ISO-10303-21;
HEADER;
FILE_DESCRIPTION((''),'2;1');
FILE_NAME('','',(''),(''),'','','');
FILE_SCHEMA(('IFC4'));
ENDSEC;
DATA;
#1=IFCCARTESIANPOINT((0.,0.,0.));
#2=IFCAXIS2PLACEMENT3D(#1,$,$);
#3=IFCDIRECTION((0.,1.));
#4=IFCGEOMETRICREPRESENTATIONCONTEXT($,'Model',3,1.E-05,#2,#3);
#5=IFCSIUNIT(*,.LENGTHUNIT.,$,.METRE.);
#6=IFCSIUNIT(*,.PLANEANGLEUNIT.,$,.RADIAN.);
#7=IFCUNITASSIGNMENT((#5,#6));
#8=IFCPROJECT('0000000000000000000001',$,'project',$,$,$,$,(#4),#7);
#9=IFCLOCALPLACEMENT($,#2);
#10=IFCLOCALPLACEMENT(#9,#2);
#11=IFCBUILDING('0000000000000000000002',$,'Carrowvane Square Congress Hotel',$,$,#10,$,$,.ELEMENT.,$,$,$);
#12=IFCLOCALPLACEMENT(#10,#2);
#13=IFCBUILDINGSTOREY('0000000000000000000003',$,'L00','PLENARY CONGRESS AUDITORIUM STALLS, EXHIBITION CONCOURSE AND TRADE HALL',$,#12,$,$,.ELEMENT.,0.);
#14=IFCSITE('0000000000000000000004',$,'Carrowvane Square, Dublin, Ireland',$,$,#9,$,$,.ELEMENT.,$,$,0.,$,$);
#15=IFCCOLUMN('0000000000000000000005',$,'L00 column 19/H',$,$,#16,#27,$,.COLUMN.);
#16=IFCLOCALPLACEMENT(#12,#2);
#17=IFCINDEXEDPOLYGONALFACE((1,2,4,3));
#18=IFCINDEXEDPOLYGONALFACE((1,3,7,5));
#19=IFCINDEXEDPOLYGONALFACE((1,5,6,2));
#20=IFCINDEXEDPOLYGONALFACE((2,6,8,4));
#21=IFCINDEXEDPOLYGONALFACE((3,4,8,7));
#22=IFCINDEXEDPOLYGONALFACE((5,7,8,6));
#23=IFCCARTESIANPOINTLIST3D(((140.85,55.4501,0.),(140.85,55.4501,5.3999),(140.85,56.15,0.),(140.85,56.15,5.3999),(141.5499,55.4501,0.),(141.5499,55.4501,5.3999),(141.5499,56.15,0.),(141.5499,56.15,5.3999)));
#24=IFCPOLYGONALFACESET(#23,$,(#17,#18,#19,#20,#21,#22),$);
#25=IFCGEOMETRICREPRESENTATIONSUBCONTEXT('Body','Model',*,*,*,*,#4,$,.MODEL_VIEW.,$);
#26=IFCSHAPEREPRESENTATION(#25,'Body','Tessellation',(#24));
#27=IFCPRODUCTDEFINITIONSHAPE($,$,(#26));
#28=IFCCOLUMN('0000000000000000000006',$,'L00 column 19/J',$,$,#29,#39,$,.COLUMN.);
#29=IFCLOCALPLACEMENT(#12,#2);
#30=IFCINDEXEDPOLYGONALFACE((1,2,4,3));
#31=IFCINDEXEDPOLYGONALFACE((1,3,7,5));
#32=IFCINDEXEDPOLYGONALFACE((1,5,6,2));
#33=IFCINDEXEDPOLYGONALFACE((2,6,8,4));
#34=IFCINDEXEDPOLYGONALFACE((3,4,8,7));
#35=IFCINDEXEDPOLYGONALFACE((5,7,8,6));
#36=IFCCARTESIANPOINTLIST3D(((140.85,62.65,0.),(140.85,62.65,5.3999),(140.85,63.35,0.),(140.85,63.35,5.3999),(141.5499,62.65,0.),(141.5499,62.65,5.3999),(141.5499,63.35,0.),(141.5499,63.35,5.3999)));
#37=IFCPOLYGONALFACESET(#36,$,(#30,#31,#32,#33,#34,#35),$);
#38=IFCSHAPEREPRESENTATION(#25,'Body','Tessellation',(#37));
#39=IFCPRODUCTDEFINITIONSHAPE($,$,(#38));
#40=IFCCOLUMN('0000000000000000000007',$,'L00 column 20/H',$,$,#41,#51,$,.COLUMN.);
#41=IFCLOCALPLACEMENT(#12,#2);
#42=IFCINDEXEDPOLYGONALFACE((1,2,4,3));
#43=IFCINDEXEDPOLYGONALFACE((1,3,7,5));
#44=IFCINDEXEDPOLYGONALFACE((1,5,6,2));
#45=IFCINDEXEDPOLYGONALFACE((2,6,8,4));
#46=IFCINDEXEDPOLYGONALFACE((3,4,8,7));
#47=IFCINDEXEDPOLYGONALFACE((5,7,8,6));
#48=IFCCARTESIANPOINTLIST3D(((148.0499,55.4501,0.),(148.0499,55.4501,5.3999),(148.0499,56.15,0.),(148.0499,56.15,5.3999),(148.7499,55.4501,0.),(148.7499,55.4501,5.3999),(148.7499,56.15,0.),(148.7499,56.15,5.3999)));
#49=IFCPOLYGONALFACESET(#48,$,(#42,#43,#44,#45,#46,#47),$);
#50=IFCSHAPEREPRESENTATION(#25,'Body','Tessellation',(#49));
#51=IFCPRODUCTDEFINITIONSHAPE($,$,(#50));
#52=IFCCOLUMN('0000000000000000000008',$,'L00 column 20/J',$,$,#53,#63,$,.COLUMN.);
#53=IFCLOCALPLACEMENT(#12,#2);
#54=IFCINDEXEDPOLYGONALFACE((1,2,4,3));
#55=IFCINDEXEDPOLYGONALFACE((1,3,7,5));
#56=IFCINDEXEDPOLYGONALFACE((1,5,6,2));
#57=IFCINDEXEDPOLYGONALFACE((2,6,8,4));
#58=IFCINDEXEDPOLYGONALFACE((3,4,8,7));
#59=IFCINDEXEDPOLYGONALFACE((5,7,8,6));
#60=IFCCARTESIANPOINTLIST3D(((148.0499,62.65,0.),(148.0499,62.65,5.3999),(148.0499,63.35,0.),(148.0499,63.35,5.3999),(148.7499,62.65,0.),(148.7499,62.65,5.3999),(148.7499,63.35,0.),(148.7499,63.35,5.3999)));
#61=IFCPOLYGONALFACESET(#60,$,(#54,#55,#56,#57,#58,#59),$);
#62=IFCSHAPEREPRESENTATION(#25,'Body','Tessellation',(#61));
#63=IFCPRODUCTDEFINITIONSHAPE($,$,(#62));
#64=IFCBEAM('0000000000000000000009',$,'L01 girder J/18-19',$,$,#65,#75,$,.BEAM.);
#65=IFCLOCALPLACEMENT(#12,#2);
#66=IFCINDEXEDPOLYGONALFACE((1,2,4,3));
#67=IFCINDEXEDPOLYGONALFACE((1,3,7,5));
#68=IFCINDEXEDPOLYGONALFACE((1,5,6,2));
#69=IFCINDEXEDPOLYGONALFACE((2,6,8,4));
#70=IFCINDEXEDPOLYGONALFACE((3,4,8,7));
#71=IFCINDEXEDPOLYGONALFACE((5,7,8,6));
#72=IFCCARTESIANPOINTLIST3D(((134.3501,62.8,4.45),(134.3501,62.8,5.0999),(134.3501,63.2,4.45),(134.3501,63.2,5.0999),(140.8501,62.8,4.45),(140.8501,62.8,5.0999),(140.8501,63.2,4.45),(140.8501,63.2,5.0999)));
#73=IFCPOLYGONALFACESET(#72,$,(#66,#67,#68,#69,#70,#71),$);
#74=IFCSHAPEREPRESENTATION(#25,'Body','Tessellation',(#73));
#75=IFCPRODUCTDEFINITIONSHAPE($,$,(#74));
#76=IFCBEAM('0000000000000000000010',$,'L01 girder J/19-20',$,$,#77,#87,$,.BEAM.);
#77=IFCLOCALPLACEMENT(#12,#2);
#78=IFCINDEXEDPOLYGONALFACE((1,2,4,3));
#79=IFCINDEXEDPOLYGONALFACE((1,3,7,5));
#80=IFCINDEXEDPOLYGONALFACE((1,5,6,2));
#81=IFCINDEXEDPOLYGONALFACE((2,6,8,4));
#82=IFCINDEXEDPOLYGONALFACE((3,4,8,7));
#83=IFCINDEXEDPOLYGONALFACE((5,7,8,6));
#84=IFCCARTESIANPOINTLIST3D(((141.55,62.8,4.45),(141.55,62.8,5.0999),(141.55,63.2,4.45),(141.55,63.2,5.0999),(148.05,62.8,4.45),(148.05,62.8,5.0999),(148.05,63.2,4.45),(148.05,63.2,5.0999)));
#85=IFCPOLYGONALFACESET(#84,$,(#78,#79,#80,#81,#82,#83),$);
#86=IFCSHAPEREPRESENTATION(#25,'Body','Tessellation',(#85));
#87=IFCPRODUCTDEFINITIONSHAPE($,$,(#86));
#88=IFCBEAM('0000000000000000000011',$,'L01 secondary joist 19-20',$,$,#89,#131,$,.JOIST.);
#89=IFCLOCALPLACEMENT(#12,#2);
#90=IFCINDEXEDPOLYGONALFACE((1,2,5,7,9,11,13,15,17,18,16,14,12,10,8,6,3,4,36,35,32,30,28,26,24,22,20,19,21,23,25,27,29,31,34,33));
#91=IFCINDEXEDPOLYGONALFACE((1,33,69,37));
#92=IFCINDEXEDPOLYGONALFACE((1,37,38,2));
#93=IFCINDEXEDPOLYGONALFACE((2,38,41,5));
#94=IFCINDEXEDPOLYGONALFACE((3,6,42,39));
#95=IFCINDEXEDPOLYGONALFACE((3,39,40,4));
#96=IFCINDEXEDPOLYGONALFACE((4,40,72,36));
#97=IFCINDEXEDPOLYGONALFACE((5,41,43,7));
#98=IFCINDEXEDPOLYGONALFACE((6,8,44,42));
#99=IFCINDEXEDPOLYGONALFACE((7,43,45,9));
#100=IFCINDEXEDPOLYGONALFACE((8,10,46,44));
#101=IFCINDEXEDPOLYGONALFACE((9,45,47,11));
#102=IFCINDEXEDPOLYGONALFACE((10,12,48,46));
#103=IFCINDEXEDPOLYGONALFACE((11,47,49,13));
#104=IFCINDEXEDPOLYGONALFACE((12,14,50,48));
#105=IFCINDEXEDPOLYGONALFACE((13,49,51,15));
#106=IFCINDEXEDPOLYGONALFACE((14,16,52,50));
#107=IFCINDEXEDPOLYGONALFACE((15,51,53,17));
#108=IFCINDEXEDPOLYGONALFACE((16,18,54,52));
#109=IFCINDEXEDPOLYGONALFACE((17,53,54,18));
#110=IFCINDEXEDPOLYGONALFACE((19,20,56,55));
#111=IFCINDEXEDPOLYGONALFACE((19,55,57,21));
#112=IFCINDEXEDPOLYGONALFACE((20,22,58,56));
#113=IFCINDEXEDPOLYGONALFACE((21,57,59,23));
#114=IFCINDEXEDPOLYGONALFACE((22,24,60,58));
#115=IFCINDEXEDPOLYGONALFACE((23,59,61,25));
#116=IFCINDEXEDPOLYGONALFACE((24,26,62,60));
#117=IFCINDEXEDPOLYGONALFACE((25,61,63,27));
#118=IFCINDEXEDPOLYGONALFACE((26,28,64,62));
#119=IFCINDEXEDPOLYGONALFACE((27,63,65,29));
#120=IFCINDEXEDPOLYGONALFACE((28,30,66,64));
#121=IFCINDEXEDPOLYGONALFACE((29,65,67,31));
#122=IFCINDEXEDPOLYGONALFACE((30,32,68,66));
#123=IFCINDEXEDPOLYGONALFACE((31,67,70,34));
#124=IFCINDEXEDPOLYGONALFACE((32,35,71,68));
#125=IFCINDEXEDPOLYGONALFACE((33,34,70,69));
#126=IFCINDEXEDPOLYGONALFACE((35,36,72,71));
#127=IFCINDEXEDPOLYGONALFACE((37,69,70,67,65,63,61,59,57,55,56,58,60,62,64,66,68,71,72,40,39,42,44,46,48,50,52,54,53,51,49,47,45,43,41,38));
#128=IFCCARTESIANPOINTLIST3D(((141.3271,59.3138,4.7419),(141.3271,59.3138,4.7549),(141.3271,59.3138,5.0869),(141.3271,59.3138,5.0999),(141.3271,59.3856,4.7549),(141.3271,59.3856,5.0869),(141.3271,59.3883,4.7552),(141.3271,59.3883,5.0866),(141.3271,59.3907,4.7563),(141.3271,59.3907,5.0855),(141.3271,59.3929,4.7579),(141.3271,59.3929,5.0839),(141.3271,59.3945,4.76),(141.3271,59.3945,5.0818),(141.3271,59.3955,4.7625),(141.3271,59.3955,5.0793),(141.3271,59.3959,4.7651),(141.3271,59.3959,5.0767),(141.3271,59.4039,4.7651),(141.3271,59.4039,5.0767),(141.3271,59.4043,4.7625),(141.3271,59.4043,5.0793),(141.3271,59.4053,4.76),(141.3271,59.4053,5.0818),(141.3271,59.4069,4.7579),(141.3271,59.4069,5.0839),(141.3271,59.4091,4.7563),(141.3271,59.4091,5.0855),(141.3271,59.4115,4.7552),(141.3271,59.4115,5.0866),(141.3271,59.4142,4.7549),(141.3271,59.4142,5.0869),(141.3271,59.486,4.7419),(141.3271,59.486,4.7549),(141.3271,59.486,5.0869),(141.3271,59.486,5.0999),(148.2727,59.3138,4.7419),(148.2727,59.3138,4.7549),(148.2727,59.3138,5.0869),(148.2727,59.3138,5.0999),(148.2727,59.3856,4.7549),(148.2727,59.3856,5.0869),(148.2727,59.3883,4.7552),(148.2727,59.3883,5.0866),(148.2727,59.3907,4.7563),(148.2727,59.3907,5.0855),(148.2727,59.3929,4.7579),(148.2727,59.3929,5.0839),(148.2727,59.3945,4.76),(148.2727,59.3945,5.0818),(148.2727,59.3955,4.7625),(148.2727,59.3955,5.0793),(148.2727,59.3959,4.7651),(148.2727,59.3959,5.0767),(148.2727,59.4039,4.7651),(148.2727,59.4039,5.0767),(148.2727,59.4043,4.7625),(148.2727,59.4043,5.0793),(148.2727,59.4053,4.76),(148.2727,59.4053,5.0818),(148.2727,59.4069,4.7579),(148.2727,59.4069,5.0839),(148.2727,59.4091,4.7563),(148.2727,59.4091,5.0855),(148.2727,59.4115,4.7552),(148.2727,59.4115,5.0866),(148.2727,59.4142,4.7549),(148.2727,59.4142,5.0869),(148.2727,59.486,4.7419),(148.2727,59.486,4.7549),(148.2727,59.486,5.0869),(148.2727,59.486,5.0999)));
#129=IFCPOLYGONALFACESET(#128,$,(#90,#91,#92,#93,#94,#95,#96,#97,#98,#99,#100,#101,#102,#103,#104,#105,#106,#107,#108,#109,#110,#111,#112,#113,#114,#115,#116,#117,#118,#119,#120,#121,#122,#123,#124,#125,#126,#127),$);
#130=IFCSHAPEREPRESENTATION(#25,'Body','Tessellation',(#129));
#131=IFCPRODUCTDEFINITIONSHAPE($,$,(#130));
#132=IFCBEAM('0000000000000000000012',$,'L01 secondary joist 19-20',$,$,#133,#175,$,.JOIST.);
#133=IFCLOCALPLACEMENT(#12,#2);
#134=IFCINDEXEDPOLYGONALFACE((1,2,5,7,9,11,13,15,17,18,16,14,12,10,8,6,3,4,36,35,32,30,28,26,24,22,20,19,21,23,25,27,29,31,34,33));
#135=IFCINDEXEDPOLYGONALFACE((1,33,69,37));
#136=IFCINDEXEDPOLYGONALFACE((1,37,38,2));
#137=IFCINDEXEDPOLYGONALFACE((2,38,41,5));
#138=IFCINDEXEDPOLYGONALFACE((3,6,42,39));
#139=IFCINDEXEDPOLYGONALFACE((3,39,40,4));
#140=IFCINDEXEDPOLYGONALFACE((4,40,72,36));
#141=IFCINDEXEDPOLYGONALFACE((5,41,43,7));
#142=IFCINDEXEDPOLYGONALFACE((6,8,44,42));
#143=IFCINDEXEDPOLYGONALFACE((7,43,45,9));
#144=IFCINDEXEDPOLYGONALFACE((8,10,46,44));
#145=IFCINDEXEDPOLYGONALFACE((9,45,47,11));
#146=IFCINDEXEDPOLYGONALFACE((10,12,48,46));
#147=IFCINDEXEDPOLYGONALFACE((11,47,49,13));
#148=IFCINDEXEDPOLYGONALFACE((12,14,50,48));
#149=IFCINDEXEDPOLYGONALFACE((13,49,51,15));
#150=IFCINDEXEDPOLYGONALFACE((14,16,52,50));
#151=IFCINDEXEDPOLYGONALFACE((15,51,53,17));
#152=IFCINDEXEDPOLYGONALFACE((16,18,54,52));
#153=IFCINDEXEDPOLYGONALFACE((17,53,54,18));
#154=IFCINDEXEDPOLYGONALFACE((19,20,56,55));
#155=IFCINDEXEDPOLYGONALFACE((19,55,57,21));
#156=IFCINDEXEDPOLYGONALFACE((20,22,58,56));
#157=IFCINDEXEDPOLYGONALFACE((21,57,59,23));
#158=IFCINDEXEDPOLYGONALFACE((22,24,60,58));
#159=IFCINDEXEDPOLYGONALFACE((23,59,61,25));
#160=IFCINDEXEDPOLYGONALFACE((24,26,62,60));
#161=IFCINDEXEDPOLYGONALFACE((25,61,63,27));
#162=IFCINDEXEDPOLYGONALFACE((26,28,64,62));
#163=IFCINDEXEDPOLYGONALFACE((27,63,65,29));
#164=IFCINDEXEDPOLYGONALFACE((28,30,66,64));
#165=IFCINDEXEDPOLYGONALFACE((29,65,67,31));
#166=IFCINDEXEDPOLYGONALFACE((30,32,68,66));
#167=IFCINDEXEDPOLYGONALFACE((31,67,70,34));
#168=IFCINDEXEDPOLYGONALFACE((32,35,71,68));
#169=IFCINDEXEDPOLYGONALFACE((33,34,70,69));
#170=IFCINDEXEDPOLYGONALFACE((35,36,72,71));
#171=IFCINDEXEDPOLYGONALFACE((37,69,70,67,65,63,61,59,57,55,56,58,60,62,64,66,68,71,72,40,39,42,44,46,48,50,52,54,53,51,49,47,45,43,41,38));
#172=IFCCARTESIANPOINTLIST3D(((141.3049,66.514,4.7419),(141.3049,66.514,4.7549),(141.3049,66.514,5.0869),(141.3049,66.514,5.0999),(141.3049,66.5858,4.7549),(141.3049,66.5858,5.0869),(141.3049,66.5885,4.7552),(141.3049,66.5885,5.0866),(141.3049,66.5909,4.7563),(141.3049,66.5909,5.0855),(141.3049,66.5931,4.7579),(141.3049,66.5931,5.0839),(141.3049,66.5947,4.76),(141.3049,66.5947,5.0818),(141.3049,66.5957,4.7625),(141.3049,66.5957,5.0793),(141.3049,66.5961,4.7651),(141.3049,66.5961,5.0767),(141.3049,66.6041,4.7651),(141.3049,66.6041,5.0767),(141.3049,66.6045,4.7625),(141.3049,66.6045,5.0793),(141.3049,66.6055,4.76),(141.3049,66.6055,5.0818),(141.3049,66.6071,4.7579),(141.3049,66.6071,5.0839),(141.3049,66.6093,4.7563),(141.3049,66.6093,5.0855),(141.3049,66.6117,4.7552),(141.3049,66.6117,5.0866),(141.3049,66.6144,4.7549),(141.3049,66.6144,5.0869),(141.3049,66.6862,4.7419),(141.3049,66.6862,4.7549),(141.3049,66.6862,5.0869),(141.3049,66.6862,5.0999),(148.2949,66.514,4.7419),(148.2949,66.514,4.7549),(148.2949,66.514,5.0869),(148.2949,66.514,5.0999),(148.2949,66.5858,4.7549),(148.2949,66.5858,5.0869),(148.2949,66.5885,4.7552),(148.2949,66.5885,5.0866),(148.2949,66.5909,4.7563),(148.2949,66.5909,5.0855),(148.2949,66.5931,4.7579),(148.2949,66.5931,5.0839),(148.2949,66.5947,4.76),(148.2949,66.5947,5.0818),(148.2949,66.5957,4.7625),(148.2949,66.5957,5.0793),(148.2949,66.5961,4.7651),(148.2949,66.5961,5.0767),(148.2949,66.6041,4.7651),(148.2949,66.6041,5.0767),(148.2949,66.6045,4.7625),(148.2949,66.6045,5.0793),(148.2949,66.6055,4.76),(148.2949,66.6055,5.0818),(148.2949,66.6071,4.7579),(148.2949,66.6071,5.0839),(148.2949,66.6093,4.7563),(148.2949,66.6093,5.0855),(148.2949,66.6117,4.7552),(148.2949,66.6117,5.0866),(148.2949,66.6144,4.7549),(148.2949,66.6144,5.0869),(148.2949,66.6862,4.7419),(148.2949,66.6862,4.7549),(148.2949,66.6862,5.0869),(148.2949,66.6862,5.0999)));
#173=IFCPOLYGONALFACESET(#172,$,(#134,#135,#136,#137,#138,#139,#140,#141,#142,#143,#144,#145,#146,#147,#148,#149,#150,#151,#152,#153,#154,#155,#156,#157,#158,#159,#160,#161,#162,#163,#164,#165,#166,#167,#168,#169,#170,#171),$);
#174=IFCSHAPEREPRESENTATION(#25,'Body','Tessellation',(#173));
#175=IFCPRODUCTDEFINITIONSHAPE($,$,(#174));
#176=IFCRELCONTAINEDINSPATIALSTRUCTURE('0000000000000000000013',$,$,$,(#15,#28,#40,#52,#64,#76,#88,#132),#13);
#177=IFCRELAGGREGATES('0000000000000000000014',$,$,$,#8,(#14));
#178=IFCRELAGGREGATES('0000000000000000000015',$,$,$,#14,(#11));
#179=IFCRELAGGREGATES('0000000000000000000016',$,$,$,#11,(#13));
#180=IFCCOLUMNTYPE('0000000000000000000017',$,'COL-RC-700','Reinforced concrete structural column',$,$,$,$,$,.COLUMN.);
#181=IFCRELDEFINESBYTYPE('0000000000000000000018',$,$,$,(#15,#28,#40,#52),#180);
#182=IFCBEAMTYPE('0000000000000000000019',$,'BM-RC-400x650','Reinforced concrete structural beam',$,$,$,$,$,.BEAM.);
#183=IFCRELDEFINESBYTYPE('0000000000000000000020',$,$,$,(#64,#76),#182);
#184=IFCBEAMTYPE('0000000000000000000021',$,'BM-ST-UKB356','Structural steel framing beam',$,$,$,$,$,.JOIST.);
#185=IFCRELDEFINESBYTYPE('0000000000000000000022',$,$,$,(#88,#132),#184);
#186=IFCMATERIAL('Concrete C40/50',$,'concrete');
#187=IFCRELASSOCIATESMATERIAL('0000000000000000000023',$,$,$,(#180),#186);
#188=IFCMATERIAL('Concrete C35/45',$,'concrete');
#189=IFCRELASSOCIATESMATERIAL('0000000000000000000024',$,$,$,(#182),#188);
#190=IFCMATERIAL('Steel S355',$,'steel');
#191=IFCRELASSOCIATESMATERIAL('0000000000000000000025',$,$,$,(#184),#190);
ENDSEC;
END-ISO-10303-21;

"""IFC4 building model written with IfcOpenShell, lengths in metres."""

from ifc_helpers import new_model, si_unit, direction, frame, origin, origin_2d, place, context, subcontext, project, spatial, rectangle, i_section, extrude, material, material_profile, profile_set, type_object, element, save


model = new_model("IFC4")

# Units and contexts
model_context = context("Model", 3, precision=1e-05, world=origin(), true_north=direction((0.0, 1.0)))
body_context = subcontext(model_context, "Body", "Model", "MODEL_VIEW")
ifc_project = project(units=[si_unit("LENGTHUNIT", "METRE"), si_unit("PLANEANGLEUNIT", "RADIAN")], contexts=[model_context])

# Site, building, storey
site_placement = place(None, origin())
site = spatial("IfcSite", under=ifc_project, at=site_placement, Name="Carrowvane Square, Dublin, Ireland", CompositionType="ELEMENT", RefElevation=0.0)
building_placement = place(site_placement, origin())
building = spatial("IfcBuilding", under=site, at=building_placement, Name="Carrowvane Square Congress Hotel", CompositionType="ELEMENT")
storey_placement = place(building_placement, origin())
storey = spatial("IfcBuildingStorey", under=building, at=storey_placement, Name="L00", Description="PLENARY CONGRESS AUDITORIUM STALLS, EXHIBITION CONCOURSE AND TRADE HALL", CompositionType="ELEMENT", Elevation=0.0)

# Columns
ifc_material_1 = material(Name="Concrete C40/50", Category="concrete")
ifc_material_profile_1 = material_profile(ifc_material_1, rectangle(XDim=0.7, YDim=0.7, at=origin_2d()), Name="RC 700x700")
ifc_profile_set_1 = profile_set([ifc_material_profile_1], Name="Concrete C40/50")
column_type = type_object("IfcColumnType", Name="COL-RC-700", Description="Reinforced concrete structural column", PredefinedType="COLUMN", material=ifc_profile_set_1)
for number, where, z_axis, x_axis, name in (
    (1, (141.2, 55.8, 0.0), (0.0, 0.0, 1.0), (1.0, 0.0, 0.0), "L00 column 19/H"),
    (2, (141.2, 63.0, 0.0), (0.0, 0.0, 1.0), (1.0, 0.0, 0.0), "L00 column 19/J"),
    (3, (148.3999, 55.8, 0.0), (0.0, 0.0, 1.0), (1.0, 0.0, 0.0), "L00 column 20/H"),
    (4, (148.3999, 63.0, 0.0), (0.0, 0.0, 1.0), (1.0, 0.0, 0.0), "L00 column 20/J"),
):
    element("IfcColumn", number, at=place(storey_placement, frame(where, z_axis=z_axis, x_axis=x_axis)), inside=storey, type_object=column_type, Name=name, PredefinedType="COLUMN", context=body_context, shape_type="SweptSolid", body=[
        extrude(rectangle(XDim=0.7, YDim=0.7, at=origin_2d()), origin(), (0.0, 0.0, 1.0), 5.3999),
    ])

# Beams
ifc_material_2 = material(Name="Concrete C35/45", Category="concrete")
ifc_material_profile_2 = material_profile(ifc_material_2, rectangle(XDim=0.3999, YDim=0.6499, at=origin_2d()), Name="RC 400x650")
ifc_profile_set_2 = profile_set([ifc_material_profile_2], Name="Concrete C35/45")
beam_type_1 = type_object("IfcBeamType", Name="BM-RC-400x650", Description="Reinforced concrete structural beam", PredefinedType="BEAM", material=ifc_profile_set_2)
for number, where, z_axis, x_axis, name in (
    (5, (134.3501, 63.0, 4.7749), (1.0, 0.0, 0.0), (0.0, 1.0, 0.0), "L01 girder J/18-19"),
    (6, (141.55, 63.0, 4.7749), (1.0, 0.0, 0.0), (0.0, 1.0, 0.0), "L01 girder J/19-20"),
):
    element("IfcBeam", number, at=place(storey_placement, frame(where, z_axis=z_axis, x_axis=x_axis)), inside=storey, type_object=beam_type_1, Name=name, PredefinedType="BEAM", context=body_context, shape_type="SweptSolid", body=[
        extrude(rectangle(XDim=0.3999, YDim=0.6499, at=origin_2d()), origin(), (0.0, 0.0, 1.0), 6.5),
    ])
ifc_material_3 = material(Name="Steel S355", Category="steel")
ifc_material_profile_3 = material_profile(ifc_material_3, i_section(OverallWidth=0.1721, OverallDepth=0.3579, WebThickness=0.0081, FlangeThickness=0.0129, FilletRadius=0.0103, at=origin_2d()), Name="UKB 356x171x57")
ifc_profile_set_3 = profile_set([ifc_material_profile_3], Name="Steel S355")
beam_type_2 = type_object("IfcBeamType", Name="BM-ST-UKB356", Description="Structural steel framing beam", PredefinedType="JOIST", material=ifc_profile_set_3)
beam_1_placement = place(storey_placement, frame((141.3271, 59.3999, 4.9209), z_axis=(1.0, 0.0, 0.0), x_axis=(0.0, 1.0, 0.0)))
element("IfcBeam", 7, at=beam_1_placement, inside=storey, type_object=beam_type_2, Name="L01 secondary joist 19-20", PredefinedType="JOIST", context=body_context, shape_type="SweptSolid", body=[
    extrude(i_section(OverallWidth=0.1721, OverallDepth=0.3579, WebThickness=0.0081, FlangeThickness=0.0129, FilletRadius=0.0103, at=origin_2d()), origin(), (0.0, 0.0, 1.0), 6.9456),
])
beam_2_placement = place(storey_placement, frame((141.3049, 66.6001, 4.9209), z_axis=(1.0, 0.0, 0.0), x_axis=(0.0, 1.0, 0.0)))
element("IfcBeam", 8, at=beam_2_placement, inside=storey, type_object=beam_type_2, Name="L01 secondary joist 19-20", PredefinedType="JOIST", context=body_context, shape_type="SweptSolid", body=[
    extrude(i_section(OverallWidth=0.1721, OverallDepth=0.3579, WebThickness=0.0081, FlangeThickness=0.0129, FilletRadius=0.0103, at=origin_2d()), origin(), (0.0, 0.0, 1.0), 6.99),
])

save(model, "model.ifc")
